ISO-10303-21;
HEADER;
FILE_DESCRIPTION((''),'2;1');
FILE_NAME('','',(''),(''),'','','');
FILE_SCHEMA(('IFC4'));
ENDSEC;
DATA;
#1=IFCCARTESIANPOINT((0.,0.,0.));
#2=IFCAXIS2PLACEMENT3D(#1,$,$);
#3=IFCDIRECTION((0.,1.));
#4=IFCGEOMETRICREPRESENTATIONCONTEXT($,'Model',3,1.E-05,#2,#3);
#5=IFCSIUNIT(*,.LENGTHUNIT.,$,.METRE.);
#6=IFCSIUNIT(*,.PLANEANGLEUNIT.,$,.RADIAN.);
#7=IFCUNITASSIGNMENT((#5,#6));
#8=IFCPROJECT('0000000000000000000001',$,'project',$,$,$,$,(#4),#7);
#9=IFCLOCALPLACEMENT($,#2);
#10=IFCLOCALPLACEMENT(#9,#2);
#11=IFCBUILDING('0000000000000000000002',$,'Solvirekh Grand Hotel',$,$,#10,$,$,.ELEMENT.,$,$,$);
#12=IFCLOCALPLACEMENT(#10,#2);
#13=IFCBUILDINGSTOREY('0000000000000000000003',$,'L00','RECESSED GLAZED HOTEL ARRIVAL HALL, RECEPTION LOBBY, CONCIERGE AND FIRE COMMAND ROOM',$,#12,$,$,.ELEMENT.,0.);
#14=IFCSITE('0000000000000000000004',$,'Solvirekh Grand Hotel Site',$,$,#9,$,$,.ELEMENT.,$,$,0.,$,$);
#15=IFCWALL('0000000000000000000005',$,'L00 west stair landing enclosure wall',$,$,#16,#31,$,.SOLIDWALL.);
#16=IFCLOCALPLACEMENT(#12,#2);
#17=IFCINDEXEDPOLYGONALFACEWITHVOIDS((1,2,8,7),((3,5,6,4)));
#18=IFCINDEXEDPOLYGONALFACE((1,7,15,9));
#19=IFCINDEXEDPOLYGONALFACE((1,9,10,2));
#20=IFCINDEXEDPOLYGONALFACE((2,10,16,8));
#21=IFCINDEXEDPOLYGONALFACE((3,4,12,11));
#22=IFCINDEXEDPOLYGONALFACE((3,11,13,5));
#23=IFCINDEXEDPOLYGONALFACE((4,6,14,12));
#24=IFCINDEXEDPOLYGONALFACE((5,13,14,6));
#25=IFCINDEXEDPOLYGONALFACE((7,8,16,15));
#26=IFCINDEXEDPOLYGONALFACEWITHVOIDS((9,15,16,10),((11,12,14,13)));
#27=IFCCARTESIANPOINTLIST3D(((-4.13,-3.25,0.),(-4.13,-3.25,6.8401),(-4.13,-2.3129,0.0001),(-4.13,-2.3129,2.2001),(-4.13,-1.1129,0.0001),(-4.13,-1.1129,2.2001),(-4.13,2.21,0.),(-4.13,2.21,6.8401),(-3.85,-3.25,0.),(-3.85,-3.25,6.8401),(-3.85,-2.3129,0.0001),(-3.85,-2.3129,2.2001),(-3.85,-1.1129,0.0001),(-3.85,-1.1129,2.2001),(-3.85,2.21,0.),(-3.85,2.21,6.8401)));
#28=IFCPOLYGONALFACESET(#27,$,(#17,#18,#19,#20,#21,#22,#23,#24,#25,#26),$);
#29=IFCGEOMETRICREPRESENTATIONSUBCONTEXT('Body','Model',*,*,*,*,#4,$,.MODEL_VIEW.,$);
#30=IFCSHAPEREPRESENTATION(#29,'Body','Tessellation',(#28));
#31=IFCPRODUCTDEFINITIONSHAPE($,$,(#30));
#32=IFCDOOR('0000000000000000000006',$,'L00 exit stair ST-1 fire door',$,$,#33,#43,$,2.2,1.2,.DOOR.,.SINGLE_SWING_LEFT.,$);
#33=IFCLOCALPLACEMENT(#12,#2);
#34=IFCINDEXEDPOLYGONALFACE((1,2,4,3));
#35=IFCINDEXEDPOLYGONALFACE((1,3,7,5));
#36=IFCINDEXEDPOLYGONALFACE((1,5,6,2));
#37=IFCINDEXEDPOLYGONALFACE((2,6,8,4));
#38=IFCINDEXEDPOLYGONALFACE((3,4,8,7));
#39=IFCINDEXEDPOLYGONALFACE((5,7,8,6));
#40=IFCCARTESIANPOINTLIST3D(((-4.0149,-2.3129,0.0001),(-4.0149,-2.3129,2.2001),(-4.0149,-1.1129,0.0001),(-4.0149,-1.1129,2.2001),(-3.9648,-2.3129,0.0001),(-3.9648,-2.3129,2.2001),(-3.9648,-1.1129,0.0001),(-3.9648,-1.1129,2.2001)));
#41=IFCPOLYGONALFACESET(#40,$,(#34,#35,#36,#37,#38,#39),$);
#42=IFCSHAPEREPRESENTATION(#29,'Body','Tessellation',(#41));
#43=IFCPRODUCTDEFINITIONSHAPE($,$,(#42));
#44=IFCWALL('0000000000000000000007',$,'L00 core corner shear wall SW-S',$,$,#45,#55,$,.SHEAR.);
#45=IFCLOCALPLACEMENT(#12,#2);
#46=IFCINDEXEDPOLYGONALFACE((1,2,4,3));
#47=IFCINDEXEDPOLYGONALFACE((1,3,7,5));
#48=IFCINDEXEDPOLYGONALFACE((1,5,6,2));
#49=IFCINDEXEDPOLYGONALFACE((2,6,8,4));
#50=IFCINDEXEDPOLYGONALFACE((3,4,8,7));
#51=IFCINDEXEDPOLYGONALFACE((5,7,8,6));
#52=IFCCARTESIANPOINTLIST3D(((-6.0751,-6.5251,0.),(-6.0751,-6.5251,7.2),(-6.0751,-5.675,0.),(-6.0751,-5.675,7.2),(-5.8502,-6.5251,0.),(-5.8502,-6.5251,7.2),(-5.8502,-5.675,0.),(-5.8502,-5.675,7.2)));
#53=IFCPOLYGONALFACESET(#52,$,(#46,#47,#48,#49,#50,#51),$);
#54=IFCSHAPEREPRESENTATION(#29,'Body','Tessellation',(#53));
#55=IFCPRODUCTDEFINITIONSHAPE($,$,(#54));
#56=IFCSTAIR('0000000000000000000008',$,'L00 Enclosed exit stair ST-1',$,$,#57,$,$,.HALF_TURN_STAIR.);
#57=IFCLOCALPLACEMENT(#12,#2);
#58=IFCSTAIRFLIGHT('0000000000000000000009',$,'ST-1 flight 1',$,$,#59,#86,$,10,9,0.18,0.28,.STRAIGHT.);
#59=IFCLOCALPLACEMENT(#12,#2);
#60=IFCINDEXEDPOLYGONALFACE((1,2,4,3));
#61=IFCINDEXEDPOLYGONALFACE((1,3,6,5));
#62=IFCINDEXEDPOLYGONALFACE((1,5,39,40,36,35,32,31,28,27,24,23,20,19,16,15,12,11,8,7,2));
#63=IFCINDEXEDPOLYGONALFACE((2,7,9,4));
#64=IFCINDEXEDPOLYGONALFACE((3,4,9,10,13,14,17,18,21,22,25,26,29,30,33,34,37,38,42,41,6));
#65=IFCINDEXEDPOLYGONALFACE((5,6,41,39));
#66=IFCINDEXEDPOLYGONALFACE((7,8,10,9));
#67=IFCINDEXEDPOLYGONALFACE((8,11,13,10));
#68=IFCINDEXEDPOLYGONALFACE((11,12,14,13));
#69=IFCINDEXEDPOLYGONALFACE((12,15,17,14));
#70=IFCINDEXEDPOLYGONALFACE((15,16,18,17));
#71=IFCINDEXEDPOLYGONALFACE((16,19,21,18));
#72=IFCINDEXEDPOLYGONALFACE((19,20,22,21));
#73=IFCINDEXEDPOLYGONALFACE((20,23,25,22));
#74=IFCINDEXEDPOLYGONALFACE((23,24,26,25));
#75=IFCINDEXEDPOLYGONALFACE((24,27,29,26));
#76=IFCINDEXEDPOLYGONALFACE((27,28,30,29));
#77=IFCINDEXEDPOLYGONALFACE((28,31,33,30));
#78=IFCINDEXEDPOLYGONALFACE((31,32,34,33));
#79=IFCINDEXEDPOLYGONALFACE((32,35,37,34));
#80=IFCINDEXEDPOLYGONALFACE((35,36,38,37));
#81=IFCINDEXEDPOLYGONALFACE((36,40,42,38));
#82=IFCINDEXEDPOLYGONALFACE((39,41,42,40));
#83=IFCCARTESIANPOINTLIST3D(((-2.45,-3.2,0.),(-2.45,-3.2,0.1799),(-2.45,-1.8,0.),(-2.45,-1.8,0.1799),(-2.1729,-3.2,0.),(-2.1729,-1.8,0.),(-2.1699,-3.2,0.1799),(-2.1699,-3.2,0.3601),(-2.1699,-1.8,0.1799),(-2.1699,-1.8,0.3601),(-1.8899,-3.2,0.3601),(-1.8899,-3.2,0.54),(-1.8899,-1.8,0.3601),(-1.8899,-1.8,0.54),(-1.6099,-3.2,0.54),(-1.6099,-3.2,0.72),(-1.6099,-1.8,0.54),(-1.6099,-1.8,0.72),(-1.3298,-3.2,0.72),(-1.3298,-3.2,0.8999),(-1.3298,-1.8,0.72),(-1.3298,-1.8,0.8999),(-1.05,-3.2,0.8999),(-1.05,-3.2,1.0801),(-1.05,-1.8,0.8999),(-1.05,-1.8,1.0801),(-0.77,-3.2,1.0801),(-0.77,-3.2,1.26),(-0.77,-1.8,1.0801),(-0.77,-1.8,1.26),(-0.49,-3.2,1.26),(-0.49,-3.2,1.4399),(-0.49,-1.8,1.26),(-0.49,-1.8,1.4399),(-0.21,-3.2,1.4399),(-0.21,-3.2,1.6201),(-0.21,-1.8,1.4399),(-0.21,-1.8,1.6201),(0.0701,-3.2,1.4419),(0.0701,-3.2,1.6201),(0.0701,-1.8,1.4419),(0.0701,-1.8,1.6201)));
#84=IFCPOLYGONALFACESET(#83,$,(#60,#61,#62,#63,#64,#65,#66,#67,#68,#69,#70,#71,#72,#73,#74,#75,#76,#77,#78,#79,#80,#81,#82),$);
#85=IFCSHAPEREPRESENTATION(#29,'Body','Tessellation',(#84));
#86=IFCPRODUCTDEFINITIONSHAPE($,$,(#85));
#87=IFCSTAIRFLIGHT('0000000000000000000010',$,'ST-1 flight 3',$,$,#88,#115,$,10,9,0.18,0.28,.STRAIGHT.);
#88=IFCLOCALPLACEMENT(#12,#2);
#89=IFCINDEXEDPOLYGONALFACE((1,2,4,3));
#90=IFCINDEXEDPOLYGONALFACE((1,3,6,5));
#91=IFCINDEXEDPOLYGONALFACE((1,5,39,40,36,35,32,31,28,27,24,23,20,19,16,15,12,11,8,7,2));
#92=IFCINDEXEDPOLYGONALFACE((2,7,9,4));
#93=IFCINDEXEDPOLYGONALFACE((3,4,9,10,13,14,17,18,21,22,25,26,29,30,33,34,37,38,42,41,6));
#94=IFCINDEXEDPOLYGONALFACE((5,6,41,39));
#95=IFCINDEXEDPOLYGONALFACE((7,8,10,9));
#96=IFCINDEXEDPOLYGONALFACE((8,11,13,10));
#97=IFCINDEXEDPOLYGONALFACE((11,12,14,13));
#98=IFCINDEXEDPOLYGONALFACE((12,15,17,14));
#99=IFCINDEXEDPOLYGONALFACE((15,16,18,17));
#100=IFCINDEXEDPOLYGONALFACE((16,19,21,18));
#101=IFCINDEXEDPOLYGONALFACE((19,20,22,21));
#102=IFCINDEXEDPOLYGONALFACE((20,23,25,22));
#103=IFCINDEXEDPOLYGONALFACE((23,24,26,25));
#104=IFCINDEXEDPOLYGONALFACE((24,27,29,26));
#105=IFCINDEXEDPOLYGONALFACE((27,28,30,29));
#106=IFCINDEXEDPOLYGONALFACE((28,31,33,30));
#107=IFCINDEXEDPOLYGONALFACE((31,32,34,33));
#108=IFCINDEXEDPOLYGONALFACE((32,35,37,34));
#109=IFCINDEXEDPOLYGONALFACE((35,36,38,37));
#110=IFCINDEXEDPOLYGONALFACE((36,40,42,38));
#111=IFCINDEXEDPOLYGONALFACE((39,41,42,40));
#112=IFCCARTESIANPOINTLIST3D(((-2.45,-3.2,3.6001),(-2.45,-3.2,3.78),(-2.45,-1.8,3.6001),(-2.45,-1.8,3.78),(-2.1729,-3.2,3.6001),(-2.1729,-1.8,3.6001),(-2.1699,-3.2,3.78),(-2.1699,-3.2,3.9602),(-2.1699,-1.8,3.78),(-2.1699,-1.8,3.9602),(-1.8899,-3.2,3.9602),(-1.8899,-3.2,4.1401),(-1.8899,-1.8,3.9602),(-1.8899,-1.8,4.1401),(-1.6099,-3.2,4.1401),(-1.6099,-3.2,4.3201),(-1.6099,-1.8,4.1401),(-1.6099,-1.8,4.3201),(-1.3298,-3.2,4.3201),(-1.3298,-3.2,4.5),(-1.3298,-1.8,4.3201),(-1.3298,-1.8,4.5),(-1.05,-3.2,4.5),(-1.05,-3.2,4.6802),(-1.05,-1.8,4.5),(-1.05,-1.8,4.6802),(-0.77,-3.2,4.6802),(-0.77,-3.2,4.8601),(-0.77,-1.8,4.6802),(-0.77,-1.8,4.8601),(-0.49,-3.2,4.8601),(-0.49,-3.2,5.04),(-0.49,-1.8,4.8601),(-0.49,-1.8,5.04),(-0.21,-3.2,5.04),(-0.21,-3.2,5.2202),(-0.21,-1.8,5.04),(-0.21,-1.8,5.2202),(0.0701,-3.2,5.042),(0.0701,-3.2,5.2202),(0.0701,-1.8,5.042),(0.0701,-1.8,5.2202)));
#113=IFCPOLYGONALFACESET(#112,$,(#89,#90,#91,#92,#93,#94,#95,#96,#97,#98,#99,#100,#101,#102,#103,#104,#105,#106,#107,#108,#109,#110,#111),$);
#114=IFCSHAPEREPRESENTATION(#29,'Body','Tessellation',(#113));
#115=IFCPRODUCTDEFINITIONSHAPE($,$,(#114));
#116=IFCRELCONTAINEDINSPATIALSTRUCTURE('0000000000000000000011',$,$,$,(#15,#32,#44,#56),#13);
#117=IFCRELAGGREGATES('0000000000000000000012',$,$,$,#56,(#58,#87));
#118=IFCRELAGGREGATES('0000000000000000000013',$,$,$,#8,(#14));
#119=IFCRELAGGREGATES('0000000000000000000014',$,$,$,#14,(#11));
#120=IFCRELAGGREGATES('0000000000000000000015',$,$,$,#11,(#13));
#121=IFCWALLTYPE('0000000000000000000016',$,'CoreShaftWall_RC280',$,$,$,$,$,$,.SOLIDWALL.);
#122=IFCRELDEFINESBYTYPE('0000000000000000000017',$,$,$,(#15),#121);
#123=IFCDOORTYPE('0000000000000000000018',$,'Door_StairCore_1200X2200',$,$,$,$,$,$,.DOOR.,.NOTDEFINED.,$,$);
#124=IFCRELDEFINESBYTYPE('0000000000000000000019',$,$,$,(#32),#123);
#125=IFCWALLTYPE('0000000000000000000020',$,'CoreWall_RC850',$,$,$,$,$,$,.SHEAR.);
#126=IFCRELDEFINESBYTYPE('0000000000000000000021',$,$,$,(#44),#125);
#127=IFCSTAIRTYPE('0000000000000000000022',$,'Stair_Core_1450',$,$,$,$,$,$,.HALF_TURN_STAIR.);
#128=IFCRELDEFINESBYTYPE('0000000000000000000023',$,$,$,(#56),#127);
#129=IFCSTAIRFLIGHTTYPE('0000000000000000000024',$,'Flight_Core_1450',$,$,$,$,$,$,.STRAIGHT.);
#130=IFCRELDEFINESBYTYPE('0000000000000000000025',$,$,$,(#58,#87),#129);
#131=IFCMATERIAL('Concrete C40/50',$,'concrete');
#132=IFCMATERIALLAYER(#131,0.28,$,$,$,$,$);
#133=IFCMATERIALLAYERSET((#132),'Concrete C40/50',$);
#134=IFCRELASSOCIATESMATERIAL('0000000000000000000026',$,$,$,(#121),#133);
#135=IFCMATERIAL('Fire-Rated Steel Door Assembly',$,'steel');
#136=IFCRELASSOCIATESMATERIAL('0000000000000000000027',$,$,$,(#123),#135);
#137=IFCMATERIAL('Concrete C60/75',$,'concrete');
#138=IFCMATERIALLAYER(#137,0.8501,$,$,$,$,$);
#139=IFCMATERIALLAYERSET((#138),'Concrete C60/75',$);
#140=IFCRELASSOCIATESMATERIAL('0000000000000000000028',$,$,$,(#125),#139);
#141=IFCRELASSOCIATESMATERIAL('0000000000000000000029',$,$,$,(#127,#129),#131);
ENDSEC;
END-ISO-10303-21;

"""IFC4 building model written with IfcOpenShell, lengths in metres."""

from ifc_helpers import new_model, si_unit, direction, frame, frame_2d, origin, place, context, subcontext, project, spatial, polyline, rectangle, outline, extrude, material, layer, layer_set, type_object, element, fill, aggregate, save


model = new_model("IFC4")

# Units and contexts
model_context = context("Model", 3, precision=1e-05, world=origin(), true_north=direction((0.0, 1.0)))
body_context = subcontext(model_context, "Body", "Model", "MODEL_VIEW")
ifc_project = project(units=[si_unit("LENGTHUNIT", "METRE"), si_unit("PLANEANGLEUNIT", "RADIAN")], contexts=[model_context])

# Site, building, storey
site_placement = place(None, origin())
site = spatial("IfcSite", under=ifc_project, at=site_placement, Name="Solvirekh Grand Hotel Site", CompositionType="ELEMENT", RefElevation=0.0)
building_placement = place(site_placement, origin())
building = spatial("IfcBuilding", under=site, at=building_placement, Name="Solvirekh Grand Hotel", CompositionType="ELEMENT")
storey_placement = place(building_placement, origin())
storey = spatial("IfcBuildingStorey", under=building, at=storey_placement, Name="L00", Description="RECESSED GLAZED HOTEL ARRIVAL HALL, RECEPTION LOBBY, CONCIERGE AND FIRE COMMAND ROOM", CompositionType="ELEMENT", Elevation=0.0)

# Shared definitions
ifc_material_1 = material(Name="Concrete C40/50", Category="concrete")
ifc_layer_1 = layer(ifc_material_1, 0.28)
ifc_layer_set_1 = layer_set([ifc_layer_1], Name="Concrete C40/50")
wall_type_1 = type_object("IfcWallType", Name="CoreShaftWall_RC280", PredefinedType="SOLIDWALL", material=ifc_layer_set_1)
ifc_material_2 = material(Name="Fire-Rated Steel Door Assembly", Category="steel")

# Wall, opening, door
wall_1_placement = place(storey_placement, frame((-3.99, -3.25, 0.0), z_axis=(0.0, 0.0, 1.0), x_axis=(0.0, 1.0, 0.0)))
wall_1 = element("IfcWall", 1, at=wall_1_placement, inside=storey, type_object=wall_type_1, Name="L00 west stair landing enclosure wall", PredefinedType="SOLIDWALL", context=body_context, shape_type="SweptSolid", body=[
    extrude(rectangle(XDim=5.46, YDim=0.28, at=frame_2d((2.73, 0.0))), origin(), (0.0, 0.0, 1.0), 6.8401),
])
opening_1_placement = place(wall_1_placement, frame((0.937, 0.0, 0.0)))
opening_1 = element("IfcOpeningElement", 2, at=opening_1_placement, cuts=wall_1, PredefinedType="OPENING", context=body_context, shape_type="SweptSolid", body=[
    extrude(rectangle(XDim=1.2, YDim=2.2, at=frame_2d((0.6001, 1.1001))), frame((0.0, 0.1499, 0.0), z_axis=(0.0, -1.0, 0.0), x_axis=(1.0, 0.0, 0.0)), (0.0, 0.0, 1.0), 0.3),
])
door_type_1 = type_object("IfcDoorType", Name="Door_StairCore_1200X2200", OperationType="NOTDEFINED", PredefinedType="DOOR", material=ifc_material_2)
door_1_placement = place(opening_1_placement, origin())
door_1 = element("IfcDoor", 3, at=door_1_placement, inside=storey, type_object=door_type_1, Name="L00 exit stair ST-1 fire door", OperationType="SINGLE_SWING_LEFT", OverallHeight=2.2, OverallWidth=1.2, PredefinedType="DOOR", context=body_context, shape_type="SweptSolid", body=[
    extrude(rectangle(XDim=1.2, YDim=2.2, at=frame_2d((0.6001, 1.1001))), frame((0.0, 0.0249, 0.0), z_axis=(0.0, -1.0, 0.0), x_axis=(1.0, 0.0, 0.0)), (0.0, 0.0, 1.0), 0.05),
])
fill(opening_1, door_1)

# Wall
ifc_material_3 = material(Name="Concrete C60/75", Category="concrete")
ifc_layer_2 = layer(ifc_material_3, 0.8501)
ifc_layer_set_2 = layer_set([ifc_layer_2], Name="Concrete C60/75")
wall_type_2 = type_object("IfcWallType", Name="CoreWall_RC850", PredefinedType="SHEAR", material=ifc_layer_set_2)
wall_2_placement = place(storey_placement, frame((-6.075, -6.1001, 0.0), z_axis=(0.0, 0.0, 1.0), x_axis=(1.0, 0.0, 0.0)))
element("IfcWall", 4, at=wall_2_placement, inside=storey, type_object=wall_type_2, Name="L00 core corner shear wall SW-S", PredefinedType="SHEAR", context=body_context, shape_type="SweptSolid", body=[
    extrude(rectangle(XDim=0.2249, YDim=0.8501, at=frame_2d((0.1123, 0.0))), origin(), (0.0, 0.0, 1.0), 7.2),
])

# Stair, stair flights
stair_type = type_object("IfcStairType", Name="Stair_Core_1450", PredefinedType="HALF_TURN_STAIR", material=ifc_material_1)
stair_placement = place(storey_placement, origin())
stair = element("IfcStair", 5, at=stair_placement, inside=storey, type_object=stair_type, Name="L00 Enclosed exit stair ST-1", PredefinedType="HALF_TURN_STAIR")
stair_flight_type = type_object("IfcStairFlightType", Name="Flight_Core_1450", PredefinedType="STRAIGHT", material=ifc_material_1)
stair_flight_1_placement = place(storey_placement, frame((-2.45, -2.5, 0.0), z_axis=(0.0, 0.0, 1.0), x_axis=(1.0, 0.0, 0.0)))
stair_flight_1 = element("IfcStairFlight", 6, at=stair_flight_1_placement, type_object=stair_flight_type, Name="ST-1 flight 1", NumberOfRisers=10, NumberOfTreads=9, PredefinedType="STRAIGHT", RiserHeight=0.18, TreadLength=0.28, context=body_context, shape_type="SweptSolid", body=[
    extrude(outline(polyline([(0.0, 0.0), (0.0, 0.1799), (0.28, 0.1799), (0.28, 0.3601), (0.5601, 0.3601), (0.5601, 0.54), (0.8401, 0.54), (0.8401, 0.72), (1.1201, 0.72), (1.1201, 0.8999), (1.3999, 0.8999), (1.3999, 1.0801), (1.6799, 1.0801), (1.6799, 1.26), (1.96, 1.26), (1.96, 1.4399), (2.24, 1.4399), (2.24, 1.6201), (2.52, 1.6201), (2.52, 1.8), (2.52, 1.4419), (0.2771, 0.0), (0.0, 0.0)])), frame((0.0, 0.7, 0.0), z_axis=(0.0, -1.0, 0.0), x_axis=(1.0, 0.0, 0.0)), (0.0, 0.0, 1.0), 1.3999),
])
stair_flight_2_placement = place(storey_placement, frame((-2.45, -2.5, 3.6001), z_axis=(0.0, 0.0, 1.0), x_axis=(1.0, 0.0, 0.0)))
stair_flight_2 = element("IfcStairFlight", 7, at=stair_flight_2_placement, type_object=stair_flight_type, Name="ST-1 flight 3", NumberOfRisers=10, NumberOfTreads=9, PredefinedType="STRAIGHT", RiserHeight=0.18, TreadLength=0.28, context=body_context, shape_type="SweptSolid", body=[
    extrude(outline(polyline([(0.0, 0.0), (0.0, 0.1799), (0.28, 0.1799), (0.28, 0.3601), (0.5601, 0.3601), (0.5601, 0.54), (0.8401, 0.54), (0.8401, 0.72), (1.1201, 0.72), (1.1201, 0.8999), (1.3999, 0.8999), (1.3999, 1.0801), (1.6799, 1.0801), (1.6799, 1.26), (1.96, 1.26), (1.96, 1.4399), (2.24, 1.4399), (2.24, 1.6201), (2.52, 1.6201), (2.52, 1.8), (2.52, 1.4419), (0.2771, 0.0), (0.0, 0.0)])), frame((0.0, 0.7, 0.0), z_axis=(0.0, -1.0, 0.0), x_axis=(1.0, 0.0, 0.0)), (0.0, 0.0, 1.0), 1.3999),
])
aggregate(stair, [stair_flight_1, stair_flight_2])

save(model, "model.ifc")
